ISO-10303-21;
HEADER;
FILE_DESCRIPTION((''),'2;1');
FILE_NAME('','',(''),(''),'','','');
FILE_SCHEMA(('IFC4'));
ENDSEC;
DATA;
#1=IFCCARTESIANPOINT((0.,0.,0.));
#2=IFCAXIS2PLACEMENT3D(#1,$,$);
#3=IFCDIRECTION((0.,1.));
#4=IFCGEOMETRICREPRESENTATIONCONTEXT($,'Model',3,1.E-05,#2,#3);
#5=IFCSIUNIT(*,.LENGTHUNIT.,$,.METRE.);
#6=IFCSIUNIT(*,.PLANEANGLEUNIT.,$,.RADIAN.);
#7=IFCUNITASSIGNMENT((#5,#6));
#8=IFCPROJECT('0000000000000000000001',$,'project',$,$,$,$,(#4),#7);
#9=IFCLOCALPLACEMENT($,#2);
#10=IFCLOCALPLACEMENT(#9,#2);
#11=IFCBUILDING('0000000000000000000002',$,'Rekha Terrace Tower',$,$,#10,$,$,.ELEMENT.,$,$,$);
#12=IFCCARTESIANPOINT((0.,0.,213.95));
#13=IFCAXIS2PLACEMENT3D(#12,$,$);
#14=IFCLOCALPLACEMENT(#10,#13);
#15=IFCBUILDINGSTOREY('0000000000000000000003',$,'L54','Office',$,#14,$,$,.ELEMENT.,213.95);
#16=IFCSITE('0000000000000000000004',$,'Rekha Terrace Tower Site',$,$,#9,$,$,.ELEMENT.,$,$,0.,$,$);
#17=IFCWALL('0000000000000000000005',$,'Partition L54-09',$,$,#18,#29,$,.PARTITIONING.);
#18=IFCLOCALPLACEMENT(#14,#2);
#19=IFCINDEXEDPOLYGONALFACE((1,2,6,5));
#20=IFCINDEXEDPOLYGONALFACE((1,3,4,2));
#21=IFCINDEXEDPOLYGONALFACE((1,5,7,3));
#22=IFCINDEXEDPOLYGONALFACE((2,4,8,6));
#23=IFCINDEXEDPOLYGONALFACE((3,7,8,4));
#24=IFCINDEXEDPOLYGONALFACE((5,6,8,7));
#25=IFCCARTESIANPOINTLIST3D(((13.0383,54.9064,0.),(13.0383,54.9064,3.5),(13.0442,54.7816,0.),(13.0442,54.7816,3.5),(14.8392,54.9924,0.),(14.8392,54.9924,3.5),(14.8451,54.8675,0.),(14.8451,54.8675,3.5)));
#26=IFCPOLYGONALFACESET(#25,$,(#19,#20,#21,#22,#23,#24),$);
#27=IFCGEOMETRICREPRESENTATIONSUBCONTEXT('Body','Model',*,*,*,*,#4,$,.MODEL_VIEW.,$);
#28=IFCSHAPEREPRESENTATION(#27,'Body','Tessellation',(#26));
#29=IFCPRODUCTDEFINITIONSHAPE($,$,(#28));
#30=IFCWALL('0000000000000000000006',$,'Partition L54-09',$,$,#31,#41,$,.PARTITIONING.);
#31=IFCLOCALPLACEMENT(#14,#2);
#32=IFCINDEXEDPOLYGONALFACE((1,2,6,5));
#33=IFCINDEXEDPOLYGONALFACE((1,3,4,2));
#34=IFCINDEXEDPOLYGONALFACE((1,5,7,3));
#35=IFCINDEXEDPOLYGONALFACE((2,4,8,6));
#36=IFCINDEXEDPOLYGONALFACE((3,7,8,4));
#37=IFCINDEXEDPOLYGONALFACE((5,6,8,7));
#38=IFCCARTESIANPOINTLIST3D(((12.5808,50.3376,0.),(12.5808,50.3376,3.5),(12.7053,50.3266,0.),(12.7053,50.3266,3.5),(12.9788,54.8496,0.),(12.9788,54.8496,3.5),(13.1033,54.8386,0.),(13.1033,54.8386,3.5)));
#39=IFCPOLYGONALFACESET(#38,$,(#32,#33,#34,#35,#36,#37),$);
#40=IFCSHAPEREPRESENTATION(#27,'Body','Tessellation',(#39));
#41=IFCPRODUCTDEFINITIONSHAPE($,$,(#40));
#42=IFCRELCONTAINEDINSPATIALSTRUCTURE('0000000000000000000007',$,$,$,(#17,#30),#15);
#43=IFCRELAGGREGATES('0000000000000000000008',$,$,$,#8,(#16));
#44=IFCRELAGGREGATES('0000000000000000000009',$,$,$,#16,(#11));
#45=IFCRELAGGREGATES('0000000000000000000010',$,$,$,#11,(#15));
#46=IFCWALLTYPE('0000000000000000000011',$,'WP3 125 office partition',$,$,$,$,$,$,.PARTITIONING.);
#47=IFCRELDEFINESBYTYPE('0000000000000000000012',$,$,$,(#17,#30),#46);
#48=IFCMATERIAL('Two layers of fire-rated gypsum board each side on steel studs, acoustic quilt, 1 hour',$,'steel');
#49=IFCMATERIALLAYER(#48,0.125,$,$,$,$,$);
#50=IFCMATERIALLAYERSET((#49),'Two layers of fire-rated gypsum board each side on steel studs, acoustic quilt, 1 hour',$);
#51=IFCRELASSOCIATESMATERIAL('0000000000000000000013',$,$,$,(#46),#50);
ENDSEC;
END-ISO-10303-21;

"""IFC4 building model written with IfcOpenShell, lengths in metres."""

from ifc_helpers import new_model, si_unit, direction, frame, frame_2d, origin, place, context, subcontext, project, spatial, rectangle, extrude, material, layer, layer_set, type_object, element, save


model = new_model("IFC4")

# Units and contexts
model_context = context("Model", 3, precision=1e-05, world=origin(), true_north=direction((0.0, 1.0)))
body_context = subcontext(model_context, "Body", "Model", "MODEL_VIEW")
ifc_project = project(units=[si_unit("LENGTHUNIT", "METRE"), si_unit("PLANEANGLEUNIT", "RADIAN")], contexts=[model_context])

# Site, building, storey
site_placement = place(None, origin())
site = spatial("IfcSite", under=ifc_project, at=site_placement, Name="Rekha Terrace Tower Site", CompositionType="ELEMENT", RefElevation=0.0)
building_placement = place(site_placement, origin())
building = spatial("IfcBuilding", under=site, at=building_placement, Name="Rekha Terrace Tower", CompositionType="ELEMENT")
storey_placement = place(building_placement, frame((0.0, 0.0, 213.95)))
storey = spatial("IfcBuildingStorey", under=building, at=storey_placement, Name="L54", Description="Office", CompositionType="ELEMENT", Elevation=213.95)

# Walls
ifc_material_1 = material(Name="Two layers of fire-rated gypsum board each side on steel studs, acoustic quilt, 1 hour", Category="steel")
ifc_layer_1 = layer(ifc_material_1, 0.125)
ifc_layer_set_1 = layer_set([ifc_layer_1], Name="Two layers of fire-rated gypsum board each side on steel studs, acoustic quilt, 1 hour")
wall_type = type_object("IfcWallType", Name="WP3 125 office partition", PredefinedType="PARTITIONING", material=ifc_layer_set_1)
wall_1_placement = place(storey_placement, frame((14.842, 54.9299, 0.0), z_axis=(0.0, 0.0, 1.0), x_axis=(-0.998864, -0.047662, 0.0)))
element("IfcWall", 1, at=wall_1_placement, inside=storey, type_object=wall_type, Name="Partition L54-09", PredefinedType="PARTITIONING", context=body_context, shape_type="SweptSolid", body=[
    extrude(rectangle(XDim=1.803, YDim=0.125, at=frame_2d((0.9014, 0.0))), origin(), (0.0, 0.0, 1.0), 3.5),
])
wall_2_placement = place(storey_placement, frame((13.041, 54.844, 0.0), z_axis=(0.0, 0.0, 1.0), x_axis=(-0.087858, -0.996133, 0.0)))
element("IfcWall", 2, at=wall_2_placement, inside=storey, type_object=wall_type, Name="Partition L54-09", PredefinedType="PARTITIONING", context=body_context, shape_type="SweptSolid", body=[
    extrude(rectangle(XDim=4.5295, YDim=0.125, at=frame_2d((2.2646, 0.0))), origin(), (0.0, 0.0, 1.0), 3.5),
])

save(model, "model.ifc")
